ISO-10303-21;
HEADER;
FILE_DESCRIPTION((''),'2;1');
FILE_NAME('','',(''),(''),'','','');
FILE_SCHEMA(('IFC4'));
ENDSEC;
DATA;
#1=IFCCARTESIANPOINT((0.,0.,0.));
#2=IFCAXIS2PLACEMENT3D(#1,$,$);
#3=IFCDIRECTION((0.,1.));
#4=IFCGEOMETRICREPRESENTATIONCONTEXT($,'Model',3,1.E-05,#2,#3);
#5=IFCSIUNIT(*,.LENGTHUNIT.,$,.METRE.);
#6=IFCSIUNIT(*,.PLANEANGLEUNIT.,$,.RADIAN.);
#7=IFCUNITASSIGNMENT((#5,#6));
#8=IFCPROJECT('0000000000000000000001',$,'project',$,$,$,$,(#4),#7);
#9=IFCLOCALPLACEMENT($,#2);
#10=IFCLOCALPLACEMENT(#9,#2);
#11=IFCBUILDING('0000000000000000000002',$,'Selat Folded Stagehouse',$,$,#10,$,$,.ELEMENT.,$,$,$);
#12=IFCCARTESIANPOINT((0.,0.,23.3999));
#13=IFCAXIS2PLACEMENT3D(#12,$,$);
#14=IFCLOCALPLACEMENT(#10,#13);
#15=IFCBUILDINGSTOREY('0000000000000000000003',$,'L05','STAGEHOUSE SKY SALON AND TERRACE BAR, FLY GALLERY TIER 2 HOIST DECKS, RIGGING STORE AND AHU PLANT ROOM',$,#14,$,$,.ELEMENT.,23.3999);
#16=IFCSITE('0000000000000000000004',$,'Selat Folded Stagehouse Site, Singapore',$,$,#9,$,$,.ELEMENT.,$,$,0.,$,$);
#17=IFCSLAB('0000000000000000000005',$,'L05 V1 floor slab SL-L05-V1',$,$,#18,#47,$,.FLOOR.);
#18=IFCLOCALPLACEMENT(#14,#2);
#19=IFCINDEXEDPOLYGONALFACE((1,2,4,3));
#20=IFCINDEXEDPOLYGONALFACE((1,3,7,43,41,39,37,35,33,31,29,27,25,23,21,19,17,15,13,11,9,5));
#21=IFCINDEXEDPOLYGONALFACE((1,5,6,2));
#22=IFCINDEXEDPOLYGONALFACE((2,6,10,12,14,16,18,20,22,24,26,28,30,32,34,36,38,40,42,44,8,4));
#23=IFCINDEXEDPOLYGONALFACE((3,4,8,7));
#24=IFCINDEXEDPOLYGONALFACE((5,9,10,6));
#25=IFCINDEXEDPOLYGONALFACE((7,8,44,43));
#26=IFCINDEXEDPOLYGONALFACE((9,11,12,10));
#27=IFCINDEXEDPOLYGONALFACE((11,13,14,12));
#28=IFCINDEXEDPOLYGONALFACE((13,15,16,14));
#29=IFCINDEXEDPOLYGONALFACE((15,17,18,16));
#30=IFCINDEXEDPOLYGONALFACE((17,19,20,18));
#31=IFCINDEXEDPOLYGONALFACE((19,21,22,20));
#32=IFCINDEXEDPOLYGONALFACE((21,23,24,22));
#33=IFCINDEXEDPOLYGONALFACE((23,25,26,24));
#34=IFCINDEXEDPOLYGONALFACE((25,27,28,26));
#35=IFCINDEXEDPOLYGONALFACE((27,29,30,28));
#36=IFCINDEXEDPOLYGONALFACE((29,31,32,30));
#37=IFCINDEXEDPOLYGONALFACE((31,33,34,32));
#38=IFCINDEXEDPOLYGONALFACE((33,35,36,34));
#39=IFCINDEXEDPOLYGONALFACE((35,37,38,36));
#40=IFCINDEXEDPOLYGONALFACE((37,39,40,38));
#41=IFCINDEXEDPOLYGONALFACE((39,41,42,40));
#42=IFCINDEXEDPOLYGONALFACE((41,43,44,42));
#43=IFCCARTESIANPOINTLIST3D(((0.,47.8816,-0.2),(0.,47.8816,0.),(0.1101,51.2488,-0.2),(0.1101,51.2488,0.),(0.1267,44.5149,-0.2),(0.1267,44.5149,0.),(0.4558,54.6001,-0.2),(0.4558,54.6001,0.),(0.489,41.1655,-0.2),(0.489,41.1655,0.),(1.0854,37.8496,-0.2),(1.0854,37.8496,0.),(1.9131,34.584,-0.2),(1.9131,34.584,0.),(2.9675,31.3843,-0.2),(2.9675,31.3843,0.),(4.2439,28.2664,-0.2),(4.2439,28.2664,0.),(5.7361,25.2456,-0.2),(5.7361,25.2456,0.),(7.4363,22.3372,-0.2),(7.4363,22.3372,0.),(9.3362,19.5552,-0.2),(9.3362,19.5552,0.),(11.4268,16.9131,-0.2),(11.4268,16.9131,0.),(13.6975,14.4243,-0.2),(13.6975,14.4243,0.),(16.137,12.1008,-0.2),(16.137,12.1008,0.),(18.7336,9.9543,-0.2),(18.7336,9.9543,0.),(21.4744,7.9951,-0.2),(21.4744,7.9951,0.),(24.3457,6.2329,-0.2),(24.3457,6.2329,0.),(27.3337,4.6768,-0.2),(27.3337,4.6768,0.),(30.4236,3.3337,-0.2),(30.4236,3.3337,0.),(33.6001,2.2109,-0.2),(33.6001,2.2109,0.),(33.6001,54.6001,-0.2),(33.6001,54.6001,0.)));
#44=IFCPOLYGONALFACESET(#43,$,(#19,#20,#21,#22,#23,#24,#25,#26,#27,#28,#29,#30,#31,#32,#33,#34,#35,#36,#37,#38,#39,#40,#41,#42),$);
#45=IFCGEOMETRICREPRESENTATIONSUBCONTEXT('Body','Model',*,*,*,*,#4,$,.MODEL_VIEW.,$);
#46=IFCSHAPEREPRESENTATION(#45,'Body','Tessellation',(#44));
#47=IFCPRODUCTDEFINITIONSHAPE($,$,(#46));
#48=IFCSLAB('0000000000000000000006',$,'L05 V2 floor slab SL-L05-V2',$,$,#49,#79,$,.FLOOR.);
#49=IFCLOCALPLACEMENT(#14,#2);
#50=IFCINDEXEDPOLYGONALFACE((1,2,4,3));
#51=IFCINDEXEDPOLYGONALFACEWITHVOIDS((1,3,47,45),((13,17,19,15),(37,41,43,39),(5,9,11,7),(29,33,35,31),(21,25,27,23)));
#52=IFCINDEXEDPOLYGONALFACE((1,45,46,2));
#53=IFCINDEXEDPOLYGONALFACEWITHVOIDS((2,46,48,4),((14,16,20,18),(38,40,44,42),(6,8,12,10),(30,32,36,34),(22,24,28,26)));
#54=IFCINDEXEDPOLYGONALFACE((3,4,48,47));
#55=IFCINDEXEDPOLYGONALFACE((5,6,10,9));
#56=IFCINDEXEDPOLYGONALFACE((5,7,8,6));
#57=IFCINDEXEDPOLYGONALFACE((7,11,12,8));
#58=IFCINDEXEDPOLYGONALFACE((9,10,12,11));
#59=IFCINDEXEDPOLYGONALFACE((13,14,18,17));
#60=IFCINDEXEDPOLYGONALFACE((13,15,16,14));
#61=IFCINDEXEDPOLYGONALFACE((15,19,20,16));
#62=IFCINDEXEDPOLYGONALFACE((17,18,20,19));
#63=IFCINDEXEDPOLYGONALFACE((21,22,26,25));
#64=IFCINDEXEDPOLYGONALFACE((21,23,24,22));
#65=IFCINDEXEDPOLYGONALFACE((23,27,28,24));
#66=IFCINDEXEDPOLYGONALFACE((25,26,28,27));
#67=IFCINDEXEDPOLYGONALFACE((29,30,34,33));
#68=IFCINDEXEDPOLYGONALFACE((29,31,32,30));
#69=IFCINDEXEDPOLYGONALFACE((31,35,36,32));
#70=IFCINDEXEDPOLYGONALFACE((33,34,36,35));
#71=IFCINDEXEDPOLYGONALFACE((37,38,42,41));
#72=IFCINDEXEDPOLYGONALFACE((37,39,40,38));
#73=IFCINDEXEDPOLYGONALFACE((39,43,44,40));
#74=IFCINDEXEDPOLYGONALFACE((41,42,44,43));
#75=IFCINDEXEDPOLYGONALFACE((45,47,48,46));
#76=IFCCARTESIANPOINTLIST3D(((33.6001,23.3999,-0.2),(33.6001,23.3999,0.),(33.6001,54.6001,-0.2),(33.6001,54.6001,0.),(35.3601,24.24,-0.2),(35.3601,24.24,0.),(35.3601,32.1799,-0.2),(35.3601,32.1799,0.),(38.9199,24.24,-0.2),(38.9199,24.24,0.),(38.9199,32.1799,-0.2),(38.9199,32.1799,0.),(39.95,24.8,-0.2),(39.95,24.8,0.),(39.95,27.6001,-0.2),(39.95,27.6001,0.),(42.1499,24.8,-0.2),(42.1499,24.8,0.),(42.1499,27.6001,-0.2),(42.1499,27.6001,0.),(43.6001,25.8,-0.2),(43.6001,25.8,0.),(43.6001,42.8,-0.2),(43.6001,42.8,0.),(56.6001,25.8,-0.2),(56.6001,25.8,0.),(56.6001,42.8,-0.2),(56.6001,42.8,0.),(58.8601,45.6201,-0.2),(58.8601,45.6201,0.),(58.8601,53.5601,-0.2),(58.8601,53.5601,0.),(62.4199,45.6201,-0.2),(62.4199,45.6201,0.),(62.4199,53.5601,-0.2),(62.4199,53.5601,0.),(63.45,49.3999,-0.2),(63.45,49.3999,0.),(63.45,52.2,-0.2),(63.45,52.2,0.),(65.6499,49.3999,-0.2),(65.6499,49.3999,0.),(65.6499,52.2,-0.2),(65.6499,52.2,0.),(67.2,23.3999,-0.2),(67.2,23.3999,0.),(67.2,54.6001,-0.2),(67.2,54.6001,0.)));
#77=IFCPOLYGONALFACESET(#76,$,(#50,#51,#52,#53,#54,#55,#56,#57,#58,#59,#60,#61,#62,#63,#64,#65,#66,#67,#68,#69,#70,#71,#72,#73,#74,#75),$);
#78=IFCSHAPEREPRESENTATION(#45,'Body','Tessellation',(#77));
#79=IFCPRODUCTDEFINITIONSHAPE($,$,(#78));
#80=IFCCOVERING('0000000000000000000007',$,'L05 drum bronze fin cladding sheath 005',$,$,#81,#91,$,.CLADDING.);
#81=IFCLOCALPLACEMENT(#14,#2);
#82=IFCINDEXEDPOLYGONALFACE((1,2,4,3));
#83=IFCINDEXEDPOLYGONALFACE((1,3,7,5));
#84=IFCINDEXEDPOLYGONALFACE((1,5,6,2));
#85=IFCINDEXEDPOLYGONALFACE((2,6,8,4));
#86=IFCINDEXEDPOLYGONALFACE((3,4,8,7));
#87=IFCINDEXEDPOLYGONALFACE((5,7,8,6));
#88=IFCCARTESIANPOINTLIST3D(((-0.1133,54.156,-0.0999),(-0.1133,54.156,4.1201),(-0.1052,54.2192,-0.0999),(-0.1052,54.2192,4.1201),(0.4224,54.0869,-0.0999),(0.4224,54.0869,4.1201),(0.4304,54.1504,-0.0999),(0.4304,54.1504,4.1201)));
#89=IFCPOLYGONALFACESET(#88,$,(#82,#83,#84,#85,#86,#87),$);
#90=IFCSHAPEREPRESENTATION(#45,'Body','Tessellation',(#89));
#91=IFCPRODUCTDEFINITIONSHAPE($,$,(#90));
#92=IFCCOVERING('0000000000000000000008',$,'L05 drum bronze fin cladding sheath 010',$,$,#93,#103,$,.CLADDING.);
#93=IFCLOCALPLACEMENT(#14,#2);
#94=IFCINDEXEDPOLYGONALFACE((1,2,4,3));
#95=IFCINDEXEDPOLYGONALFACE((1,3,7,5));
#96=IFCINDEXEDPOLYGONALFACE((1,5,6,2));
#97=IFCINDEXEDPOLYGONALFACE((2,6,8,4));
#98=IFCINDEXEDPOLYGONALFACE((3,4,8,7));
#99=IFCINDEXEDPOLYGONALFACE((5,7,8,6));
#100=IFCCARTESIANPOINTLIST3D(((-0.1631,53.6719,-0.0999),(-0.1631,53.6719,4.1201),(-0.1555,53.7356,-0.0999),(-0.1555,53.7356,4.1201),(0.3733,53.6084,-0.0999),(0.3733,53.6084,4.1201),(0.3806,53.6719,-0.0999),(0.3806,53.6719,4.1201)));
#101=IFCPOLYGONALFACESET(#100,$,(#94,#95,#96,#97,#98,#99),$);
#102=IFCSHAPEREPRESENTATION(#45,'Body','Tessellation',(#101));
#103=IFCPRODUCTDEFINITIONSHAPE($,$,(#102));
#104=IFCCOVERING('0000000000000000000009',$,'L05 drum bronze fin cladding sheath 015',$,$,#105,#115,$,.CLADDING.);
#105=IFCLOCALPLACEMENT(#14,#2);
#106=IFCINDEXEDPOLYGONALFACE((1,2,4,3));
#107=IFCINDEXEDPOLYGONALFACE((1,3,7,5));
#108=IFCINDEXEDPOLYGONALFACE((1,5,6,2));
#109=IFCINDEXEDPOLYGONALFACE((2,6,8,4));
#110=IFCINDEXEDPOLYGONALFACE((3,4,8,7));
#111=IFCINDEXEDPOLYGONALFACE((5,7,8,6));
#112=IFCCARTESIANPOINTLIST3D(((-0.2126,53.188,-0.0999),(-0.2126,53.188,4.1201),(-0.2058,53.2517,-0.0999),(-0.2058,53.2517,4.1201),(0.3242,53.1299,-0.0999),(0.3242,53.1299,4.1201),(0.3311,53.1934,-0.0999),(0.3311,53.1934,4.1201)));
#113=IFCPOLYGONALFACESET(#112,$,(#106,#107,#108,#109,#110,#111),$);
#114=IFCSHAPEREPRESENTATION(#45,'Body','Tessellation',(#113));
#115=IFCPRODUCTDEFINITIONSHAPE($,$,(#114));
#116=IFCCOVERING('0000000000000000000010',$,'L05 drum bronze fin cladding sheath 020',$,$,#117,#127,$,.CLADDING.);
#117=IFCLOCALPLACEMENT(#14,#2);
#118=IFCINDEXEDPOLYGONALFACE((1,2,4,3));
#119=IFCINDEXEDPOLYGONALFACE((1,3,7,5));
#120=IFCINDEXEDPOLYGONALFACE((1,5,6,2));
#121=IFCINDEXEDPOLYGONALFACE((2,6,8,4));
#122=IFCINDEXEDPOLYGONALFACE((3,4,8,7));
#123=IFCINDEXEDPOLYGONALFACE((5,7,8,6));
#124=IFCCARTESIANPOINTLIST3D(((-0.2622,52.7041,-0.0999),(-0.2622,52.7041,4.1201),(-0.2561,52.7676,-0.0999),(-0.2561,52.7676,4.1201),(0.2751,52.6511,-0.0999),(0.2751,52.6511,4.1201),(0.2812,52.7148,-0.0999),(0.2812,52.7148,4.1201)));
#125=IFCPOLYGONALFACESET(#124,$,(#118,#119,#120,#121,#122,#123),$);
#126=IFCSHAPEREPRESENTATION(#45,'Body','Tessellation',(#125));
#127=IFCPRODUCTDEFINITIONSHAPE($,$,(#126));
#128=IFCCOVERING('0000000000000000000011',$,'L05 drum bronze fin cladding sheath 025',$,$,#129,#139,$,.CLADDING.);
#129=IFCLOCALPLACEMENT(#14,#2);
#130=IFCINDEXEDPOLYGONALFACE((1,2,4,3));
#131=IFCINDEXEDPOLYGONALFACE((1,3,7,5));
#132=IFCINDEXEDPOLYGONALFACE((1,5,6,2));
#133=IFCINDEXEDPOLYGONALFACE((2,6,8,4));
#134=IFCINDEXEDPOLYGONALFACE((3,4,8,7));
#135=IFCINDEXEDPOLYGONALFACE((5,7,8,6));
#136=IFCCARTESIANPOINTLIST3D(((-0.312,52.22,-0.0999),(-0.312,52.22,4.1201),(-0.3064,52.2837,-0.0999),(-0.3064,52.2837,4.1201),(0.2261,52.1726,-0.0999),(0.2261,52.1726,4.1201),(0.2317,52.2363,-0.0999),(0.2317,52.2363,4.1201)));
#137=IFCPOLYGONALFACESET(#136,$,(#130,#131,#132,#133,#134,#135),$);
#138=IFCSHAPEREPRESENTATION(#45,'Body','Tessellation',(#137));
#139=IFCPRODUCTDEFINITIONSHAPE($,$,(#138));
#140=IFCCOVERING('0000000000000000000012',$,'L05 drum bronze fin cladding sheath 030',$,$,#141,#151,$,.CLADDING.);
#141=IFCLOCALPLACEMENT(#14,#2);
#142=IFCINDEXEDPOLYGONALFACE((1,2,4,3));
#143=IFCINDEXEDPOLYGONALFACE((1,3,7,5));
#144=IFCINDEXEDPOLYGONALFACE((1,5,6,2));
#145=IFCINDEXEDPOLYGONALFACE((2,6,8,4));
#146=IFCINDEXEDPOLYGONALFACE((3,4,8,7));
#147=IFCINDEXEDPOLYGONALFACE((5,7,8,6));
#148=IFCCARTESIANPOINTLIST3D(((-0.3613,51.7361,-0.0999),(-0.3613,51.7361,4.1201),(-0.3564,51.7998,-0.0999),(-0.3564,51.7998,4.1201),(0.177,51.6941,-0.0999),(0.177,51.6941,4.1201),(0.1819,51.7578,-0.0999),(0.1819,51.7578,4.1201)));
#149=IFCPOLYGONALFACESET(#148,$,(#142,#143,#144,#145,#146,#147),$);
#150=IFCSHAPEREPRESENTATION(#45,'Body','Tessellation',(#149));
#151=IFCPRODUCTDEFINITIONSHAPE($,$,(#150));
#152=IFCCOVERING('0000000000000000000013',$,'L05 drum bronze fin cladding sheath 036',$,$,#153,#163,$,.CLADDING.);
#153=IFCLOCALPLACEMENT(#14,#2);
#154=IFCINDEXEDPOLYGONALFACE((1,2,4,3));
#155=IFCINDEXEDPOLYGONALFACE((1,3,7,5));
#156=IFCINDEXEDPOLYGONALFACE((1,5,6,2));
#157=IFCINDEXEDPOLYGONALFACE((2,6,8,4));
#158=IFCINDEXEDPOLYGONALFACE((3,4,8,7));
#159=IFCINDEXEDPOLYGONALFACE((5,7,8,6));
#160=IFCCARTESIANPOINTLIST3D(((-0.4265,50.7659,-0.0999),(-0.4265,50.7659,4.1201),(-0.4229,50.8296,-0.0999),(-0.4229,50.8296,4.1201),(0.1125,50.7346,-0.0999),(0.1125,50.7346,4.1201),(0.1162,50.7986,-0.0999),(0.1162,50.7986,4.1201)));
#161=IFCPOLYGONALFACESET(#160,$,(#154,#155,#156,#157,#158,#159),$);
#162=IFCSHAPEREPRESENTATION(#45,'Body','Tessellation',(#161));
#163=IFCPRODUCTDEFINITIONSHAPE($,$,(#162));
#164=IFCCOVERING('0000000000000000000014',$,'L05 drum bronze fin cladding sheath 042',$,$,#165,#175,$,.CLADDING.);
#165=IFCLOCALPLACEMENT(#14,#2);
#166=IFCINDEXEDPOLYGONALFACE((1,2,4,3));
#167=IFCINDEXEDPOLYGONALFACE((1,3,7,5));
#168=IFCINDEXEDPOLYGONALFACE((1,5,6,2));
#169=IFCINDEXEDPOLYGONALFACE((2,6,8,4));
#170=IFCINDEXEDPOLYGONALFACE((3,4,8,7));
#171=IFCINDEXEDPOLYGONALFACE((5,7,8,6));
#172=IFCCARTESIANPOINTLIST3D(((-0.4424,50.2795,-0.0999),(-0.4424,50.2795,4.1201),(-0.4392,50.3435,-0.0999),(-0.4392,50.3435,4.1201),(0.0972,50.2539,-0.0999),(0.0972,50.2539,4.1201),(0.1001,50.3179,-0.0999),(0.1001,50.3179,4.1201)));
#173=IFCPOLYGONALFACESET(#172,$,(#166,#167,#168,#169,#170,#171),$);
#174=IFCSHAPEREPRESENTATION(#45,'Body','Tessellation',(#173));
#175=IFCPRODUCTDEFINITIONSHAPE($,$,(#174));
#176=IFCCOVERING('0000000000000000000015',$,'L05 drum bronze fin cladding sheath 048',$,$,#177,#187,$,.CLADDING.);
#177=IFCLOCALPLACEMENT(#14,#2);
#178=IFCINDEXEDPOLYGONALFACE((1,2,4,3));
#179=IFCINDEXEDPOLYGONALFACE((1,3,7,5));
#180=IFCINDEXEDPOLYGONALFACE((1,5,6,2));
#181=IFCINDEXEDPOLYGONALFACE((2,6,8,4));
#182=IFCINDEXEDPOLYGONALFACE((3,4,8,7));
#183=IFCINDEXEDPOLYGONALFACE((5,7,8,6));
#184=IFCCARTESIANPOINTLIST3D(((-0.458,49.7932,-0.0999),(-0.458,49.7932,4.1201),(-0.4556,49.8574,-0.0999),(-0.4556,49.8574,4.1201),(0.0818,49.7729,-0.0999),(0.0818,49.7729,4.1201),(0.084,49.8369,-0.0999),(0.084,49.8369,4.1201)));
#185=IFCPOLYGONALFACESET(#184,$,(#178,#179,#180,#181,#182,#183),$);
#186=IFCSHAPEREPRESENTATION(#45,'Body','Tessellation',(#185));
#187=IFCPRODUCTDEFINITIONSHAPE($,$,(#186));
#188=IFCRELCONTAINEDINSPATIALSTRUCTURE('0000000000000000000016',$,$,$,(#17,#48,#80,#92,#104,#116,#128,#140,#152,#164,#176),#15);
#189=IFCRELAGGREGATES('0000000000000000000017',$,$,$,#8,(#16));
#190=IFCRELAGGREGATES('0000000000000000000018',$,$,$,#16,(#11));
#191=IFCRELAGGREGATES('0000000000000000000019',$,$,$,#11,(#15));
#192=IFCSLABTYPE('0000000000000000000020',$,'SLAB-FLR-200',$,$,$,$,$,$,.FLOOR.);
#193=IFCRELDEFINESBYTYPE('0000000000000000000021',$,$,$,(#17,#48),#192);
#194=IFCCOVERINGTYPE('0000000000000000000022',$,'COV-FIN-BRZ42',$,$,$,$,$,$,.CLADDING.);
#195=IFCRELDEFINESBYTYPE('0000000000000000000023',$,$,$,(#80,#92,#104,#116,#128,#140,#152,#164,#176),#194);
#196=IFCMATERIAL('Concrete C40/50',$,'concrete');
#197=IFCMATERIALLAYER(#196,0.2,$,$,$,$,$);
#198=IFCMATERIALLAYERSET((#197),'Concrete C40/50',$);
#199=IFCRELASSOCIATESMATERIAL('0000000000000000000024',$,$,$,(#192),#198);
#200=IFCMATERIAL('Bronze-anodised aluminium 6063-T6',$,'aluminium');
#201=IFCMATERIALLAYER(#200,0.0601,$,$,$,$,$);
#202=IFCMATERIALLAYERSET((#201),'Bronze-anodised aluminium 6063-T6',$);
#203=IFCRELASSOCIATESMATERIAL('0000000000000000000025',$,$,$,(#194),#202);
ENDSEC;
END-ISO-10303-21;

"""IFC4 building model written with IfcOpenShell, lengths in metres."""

from ifc_helpers import new_model, si_unit, direction, frame, origin, place, context, subcontext, project, spatial, polyline, outline, extrude, material, layer, layer_set, type_object, element, save


model = new_model("IFC4")

# Units and contexts
model_context = context("Model", 3, precision=1e-05, world=origin(), true_north=direction((0.0, 1.0)))
body_context = subcontext(model_context, "Body", "Model", "MODEL_VIEW")
ifc_project = project(units=[si_unit("LENGTHUNIT", "METRE"), si_unit("PLANEANGLEUNIT", "RADIAN")], contexts=[model_context])

# Site, building, storey
site_placement = place(None, origin())
site = spatial("IfcSite", under=ifc_project, at=site_placement, Name="Selat Folded Stagehouse Site, Singapore", CompositionType="ELEMENT", RefElevation=0.0)
building_placement = place(site_placement, origin())
building = spatial("IfcBuilding", under=site, at=building_placement, Name="Selat Folded Stagehouse", CompositionType="ELEMENT")
storey_placement = place(building_placement, frame((0.0, 0.0, 23.3999)))
storey = spatial("IfcBuildingStorey", under=building, at=storey_placement, Name="L05", Description="STAGEHOUSE SKY SALON AND TERRACE BAR, FLY GALLERY TIER 2 HOIST DECKS, RIGGING STORE AND AHU PLANT ROOM", CompositionType="ELEMENT", Elevation=23.3999)

# Slabs
ifc_material_1 = material(Name="Concrete C40/50", Category="concrete")
ifc_layer_1 = layer(ifc_material_1, 0.2)
ifc_layer_set_1 = layer_set([ifc_layer_1], Name="Concrete C40/50")
slab_type = type_object("IfcSlabType", Name="SLAB-FLR-200", PredefinedType="FLOOR", material=ifc_layer_set_1)
slab_1_placement = place(storey_placement, frame((0.0, 0.0, -0.2)))
element("IfcSlab", 1, at=slab_1_placement, inside=storey, type_object=slab_type, Name="L05 V1 floor slab SL-L05-V1", PredefinedType="FLOOR", context=body_context, shape_type="SweptSolid", body=[
    extrude(outline(polyline([(0.4558, 54.6001), (0.1101, 51.2488), (0.0, 47.8816), (0.1267, 44.5149), (0.489, 41.1655), (1.0854, 37.8496), (1.9131, 34.584), (2.9675, 31.3843), (4.2439, 28.2664), (5.7361, 25.2456), (7.4363, 22.3372), (9.3362, 19.5552), (11.4268, 16.9131), (13.6975, 14.4243), (16.137, 12.1008), (18.7336, 9.9543), (21.4744, 7.9951), (24.3457, 6.2329), (27.3337, 4.6768), (30.4236, 3.3337), (33.6001, 2.2109), (33.6001, 54.6001), (0.4558, 54.6001)])), origin(), (0.0, 0.0, 1.0), 0.2),
])
slab_2_placement = place(storey_placement, frame((0.0, 0.0, -0.2)))
element("IfcSlab", 2, at=slab_2_placement, inside=storey, type_object=slab_type, Name="L05 V2 floor slab SL-L05-V2", PredefinedType="FLOOR", context=body_context, shape_type="SweptSolid", body=[
    extrude(outline(polyline([(33.6001, 23.3999), (67.2, 23.3999), (67.2, 54.6001), (33.6001, 54.6001), (33.6001, 23.3999)]), holes=[polyline([(39.95, 24.8), (39.95, 27.6001), (42.1499, 27.6001), (42.1499, 24.8), (39.95, 24.8)]), polyline([(35.3601, 24.24), (35.3601, 32.1799), (38.9199, 32.1799), (38.9199, 24.24), (35.3601, 24.24)]), polyline([(56.6001, 25.8), (43.6001, 25.8), (43.6001, 42.8), (56.6001, 42.8), (56.6001, 25.8)]), polyline([(58.8601, 53.5601), (62.4199, 53.5601), (62.4199, 45.6201), (58.8601, 45.6201), (58.8601, 53.5601)]), polyline([(63.45, 52.2), (65.6499, 52.2), (65.6499, 49.3999), (63.45, 49.3999), (63.45, 52.2)])]), origin(), (0.0, 0.0, 1.0), 0.2),
])

# Coverings
ifc_material_2 = material(Name="Bronze-anodised aluminium 6063-T6", Category="aluminium")
ifc_layer_2 = layer(ifc_material_2, 0.0601)
ifc_layer_set_2 = layer_set([ifc_layer_2], Name="Bronze-anodised aluminium 6063-T6")
covering_type = type_object("IfcCoveringType", Name="COV-FIN-BRZ42", PredefinedType="CLADDING", material=ifc_layer_set_2)
covering_1_placement = place(storey_placement, frame((0.0, 0.0, -0.0999)))
element("IfcCovering", 3, at=covering_1_placement, inside=storey, type_object=covering_type, Name="L05 drum bronze fin cladding sheath 005", PredefinedType="CLADDING", context=body_context, shape_type="SweptSolid", body=[
    extrude(outline(polyline([(0.4304, 54.1504), (-0.1052, 54.2192), (-0.1133, 54.156), (0.4224, 54.0869), (0.4304, 54.1504)])), origin(), (0.0, 0.0, 1.0), 4.22),
])
covering_2_placement = place(storey_placement, frame((0.0, 0.0, -0.0999)))
element("IfcCovering", 4, at=covering_2_placement, inside=storey, type_object=covering_type, Name="L05 drum bronze fin cladding sheath 010", PredefinedType="CLADDING", context=body_context, shape_type="SweptSolid", body=[
    extrude(outline(polyline([(0.3806, 53.6719), (-0.1555, 53.7356), (-0.1631, 53.6719), (0.3733, 53.6084), (0.3806, 53.6719)])), origin(), (0.0, 0.0, 1.0), 4.22),
])
covering_3_placement = place(storey_placement, frame((0.0, 0.0, -0.0999)))
element("IfcCovering", 5, at=covering_3_placement, inside=storey, type_object=covering_type, Name="L05 drum bronze fin cladding sheath 015", PredefinedType="CLADDING", context=body_context, shape_type="SweptSolid", body=[
    extrude(outline(polyline([(0.3311, 53.1934), (-0.2058, 53.2517), (-0.2126, 53.188), (0.3242, 53.1299), (0.3311, 53.1934)])), origin(), (0.0, 0.0, 1.0), 4.22),
])
covering_4_placement = place(storey_placement, frame((0.0, 0.0, -0.0999)))
element("IfcCovering", 6, at=covering_4_placement, inside=storey, type_object=covering_type, Name="L05 drum bronze fin cladding sheath 020", PredefinedType="CLADDING", context=body_context, shape_type="SweptSolid", body=[
    extrude(outline(polyline([(0.2812, 52.7148), (-0.2561, 52.7676), (-0.2622, 52.7041), (0.2751, 52.6511), (0.2812, 52.7148)])), origin(), (0.0, 0.0, 1.0), 4.22),
])
covering_5_placement = place(storey_placement, frame((0.0, 0.0, -0.0999)))
element("IfcCovering", 7, at=covering_5_placement, inside=storey, type_object=covering_type, Name="L05 drum bronze fin cladding sheath 025", PredefinedType="CLADDING", context=body_context, shape_type="SweptSolid", body=[
    extrude(outline(polyline([(0.2317, 52.2363), (-0.3064, 52.2837), (-0.312, 52.22), (0.2261, 52.1726), (0.2317, 52.2363)])), origin(), (0.0, 0.0, 1.0), 4.22),
])
covering_6_placement = place(storey_placement, frame((0.0, 0.0, -0.0999)))
element("IfcCovering", 8, at=covering_6_placement, inside=storey, type_object=covering_type, Name="L05 drum bronze fin cladding sheath 030", PredefinedType="CLADDING", context=body_context, shape_type="SweptSolid", body=[
    extrude(outline(polyline([(0.1819, 51.7578), (-0.3564, 51.7998), (-0.3613, 51.7361), (0.177, 51.6941), (0.1819, 51.7578)])), origin(), (0.0, 0.0, 1.0), 4.22),
])
covering_7_placement = place(storey_placement, frame((0.0, 0.0, -0.0999)))
element("IfcCovering", 9, at=covering_7_placement, inside=storey, type_object=covering_type, Name="L05 drum bronze fin cladding sheath 036", PredefinedType="CLADDING", context=body_context, shape_type="SweptSolid", body=[
    extrude(outline(polyline([(0.1162, 50.7986), (-0.4229, 50.8296), (-0.4265, 50.7659), (0.1125, 50.7346), (0.1162, 50.7986)])), origin(), (0.0, 0.0, 1.0), 4.22),
])
covering_8_placement = place(storey_placement, frame((0.0, 0.0, -0.0999)))
element("IfcCovering", 10, at=covering_8_placement, inside=storey, type_object=covering_type, Name="L05 drum bronze fin cladding sheath 042", PredefinedType="CLADDING", context=body_context, shape_type="SweptSolid", body=[
    extrude(outline(polyline([(0.1001, 50.3179), (-0.4392, 50.3435), (-0.4424, 50.2795), (0.0972, 50.2539), (0.1001, 50.3179)])), origin(), (0.0, 0.0, 1.0), 4.22),
])
covering_9_placement = place(storey_placement, frame((0.0, 0.0, -0.0999)))
element("IfcCovering", 11, at=covering_9_placement, inside=storey, type_object=covering_type, Name="L05 drum bronze fin cladding sheath 048", PredefinedType="CLADDING", context=body_context, shape_type="SweptSolid", body=[
    extrude(outline(polyline([(0.084, 49.8369), (-0.4556, 49.8574), (-0.458, 49.7932), (0.0818, 49.7729), (0.084, 49.8369)])), origin(), (0.0, 0.0, 1.0), 4.22),
])

save(model, "model.ifc")
